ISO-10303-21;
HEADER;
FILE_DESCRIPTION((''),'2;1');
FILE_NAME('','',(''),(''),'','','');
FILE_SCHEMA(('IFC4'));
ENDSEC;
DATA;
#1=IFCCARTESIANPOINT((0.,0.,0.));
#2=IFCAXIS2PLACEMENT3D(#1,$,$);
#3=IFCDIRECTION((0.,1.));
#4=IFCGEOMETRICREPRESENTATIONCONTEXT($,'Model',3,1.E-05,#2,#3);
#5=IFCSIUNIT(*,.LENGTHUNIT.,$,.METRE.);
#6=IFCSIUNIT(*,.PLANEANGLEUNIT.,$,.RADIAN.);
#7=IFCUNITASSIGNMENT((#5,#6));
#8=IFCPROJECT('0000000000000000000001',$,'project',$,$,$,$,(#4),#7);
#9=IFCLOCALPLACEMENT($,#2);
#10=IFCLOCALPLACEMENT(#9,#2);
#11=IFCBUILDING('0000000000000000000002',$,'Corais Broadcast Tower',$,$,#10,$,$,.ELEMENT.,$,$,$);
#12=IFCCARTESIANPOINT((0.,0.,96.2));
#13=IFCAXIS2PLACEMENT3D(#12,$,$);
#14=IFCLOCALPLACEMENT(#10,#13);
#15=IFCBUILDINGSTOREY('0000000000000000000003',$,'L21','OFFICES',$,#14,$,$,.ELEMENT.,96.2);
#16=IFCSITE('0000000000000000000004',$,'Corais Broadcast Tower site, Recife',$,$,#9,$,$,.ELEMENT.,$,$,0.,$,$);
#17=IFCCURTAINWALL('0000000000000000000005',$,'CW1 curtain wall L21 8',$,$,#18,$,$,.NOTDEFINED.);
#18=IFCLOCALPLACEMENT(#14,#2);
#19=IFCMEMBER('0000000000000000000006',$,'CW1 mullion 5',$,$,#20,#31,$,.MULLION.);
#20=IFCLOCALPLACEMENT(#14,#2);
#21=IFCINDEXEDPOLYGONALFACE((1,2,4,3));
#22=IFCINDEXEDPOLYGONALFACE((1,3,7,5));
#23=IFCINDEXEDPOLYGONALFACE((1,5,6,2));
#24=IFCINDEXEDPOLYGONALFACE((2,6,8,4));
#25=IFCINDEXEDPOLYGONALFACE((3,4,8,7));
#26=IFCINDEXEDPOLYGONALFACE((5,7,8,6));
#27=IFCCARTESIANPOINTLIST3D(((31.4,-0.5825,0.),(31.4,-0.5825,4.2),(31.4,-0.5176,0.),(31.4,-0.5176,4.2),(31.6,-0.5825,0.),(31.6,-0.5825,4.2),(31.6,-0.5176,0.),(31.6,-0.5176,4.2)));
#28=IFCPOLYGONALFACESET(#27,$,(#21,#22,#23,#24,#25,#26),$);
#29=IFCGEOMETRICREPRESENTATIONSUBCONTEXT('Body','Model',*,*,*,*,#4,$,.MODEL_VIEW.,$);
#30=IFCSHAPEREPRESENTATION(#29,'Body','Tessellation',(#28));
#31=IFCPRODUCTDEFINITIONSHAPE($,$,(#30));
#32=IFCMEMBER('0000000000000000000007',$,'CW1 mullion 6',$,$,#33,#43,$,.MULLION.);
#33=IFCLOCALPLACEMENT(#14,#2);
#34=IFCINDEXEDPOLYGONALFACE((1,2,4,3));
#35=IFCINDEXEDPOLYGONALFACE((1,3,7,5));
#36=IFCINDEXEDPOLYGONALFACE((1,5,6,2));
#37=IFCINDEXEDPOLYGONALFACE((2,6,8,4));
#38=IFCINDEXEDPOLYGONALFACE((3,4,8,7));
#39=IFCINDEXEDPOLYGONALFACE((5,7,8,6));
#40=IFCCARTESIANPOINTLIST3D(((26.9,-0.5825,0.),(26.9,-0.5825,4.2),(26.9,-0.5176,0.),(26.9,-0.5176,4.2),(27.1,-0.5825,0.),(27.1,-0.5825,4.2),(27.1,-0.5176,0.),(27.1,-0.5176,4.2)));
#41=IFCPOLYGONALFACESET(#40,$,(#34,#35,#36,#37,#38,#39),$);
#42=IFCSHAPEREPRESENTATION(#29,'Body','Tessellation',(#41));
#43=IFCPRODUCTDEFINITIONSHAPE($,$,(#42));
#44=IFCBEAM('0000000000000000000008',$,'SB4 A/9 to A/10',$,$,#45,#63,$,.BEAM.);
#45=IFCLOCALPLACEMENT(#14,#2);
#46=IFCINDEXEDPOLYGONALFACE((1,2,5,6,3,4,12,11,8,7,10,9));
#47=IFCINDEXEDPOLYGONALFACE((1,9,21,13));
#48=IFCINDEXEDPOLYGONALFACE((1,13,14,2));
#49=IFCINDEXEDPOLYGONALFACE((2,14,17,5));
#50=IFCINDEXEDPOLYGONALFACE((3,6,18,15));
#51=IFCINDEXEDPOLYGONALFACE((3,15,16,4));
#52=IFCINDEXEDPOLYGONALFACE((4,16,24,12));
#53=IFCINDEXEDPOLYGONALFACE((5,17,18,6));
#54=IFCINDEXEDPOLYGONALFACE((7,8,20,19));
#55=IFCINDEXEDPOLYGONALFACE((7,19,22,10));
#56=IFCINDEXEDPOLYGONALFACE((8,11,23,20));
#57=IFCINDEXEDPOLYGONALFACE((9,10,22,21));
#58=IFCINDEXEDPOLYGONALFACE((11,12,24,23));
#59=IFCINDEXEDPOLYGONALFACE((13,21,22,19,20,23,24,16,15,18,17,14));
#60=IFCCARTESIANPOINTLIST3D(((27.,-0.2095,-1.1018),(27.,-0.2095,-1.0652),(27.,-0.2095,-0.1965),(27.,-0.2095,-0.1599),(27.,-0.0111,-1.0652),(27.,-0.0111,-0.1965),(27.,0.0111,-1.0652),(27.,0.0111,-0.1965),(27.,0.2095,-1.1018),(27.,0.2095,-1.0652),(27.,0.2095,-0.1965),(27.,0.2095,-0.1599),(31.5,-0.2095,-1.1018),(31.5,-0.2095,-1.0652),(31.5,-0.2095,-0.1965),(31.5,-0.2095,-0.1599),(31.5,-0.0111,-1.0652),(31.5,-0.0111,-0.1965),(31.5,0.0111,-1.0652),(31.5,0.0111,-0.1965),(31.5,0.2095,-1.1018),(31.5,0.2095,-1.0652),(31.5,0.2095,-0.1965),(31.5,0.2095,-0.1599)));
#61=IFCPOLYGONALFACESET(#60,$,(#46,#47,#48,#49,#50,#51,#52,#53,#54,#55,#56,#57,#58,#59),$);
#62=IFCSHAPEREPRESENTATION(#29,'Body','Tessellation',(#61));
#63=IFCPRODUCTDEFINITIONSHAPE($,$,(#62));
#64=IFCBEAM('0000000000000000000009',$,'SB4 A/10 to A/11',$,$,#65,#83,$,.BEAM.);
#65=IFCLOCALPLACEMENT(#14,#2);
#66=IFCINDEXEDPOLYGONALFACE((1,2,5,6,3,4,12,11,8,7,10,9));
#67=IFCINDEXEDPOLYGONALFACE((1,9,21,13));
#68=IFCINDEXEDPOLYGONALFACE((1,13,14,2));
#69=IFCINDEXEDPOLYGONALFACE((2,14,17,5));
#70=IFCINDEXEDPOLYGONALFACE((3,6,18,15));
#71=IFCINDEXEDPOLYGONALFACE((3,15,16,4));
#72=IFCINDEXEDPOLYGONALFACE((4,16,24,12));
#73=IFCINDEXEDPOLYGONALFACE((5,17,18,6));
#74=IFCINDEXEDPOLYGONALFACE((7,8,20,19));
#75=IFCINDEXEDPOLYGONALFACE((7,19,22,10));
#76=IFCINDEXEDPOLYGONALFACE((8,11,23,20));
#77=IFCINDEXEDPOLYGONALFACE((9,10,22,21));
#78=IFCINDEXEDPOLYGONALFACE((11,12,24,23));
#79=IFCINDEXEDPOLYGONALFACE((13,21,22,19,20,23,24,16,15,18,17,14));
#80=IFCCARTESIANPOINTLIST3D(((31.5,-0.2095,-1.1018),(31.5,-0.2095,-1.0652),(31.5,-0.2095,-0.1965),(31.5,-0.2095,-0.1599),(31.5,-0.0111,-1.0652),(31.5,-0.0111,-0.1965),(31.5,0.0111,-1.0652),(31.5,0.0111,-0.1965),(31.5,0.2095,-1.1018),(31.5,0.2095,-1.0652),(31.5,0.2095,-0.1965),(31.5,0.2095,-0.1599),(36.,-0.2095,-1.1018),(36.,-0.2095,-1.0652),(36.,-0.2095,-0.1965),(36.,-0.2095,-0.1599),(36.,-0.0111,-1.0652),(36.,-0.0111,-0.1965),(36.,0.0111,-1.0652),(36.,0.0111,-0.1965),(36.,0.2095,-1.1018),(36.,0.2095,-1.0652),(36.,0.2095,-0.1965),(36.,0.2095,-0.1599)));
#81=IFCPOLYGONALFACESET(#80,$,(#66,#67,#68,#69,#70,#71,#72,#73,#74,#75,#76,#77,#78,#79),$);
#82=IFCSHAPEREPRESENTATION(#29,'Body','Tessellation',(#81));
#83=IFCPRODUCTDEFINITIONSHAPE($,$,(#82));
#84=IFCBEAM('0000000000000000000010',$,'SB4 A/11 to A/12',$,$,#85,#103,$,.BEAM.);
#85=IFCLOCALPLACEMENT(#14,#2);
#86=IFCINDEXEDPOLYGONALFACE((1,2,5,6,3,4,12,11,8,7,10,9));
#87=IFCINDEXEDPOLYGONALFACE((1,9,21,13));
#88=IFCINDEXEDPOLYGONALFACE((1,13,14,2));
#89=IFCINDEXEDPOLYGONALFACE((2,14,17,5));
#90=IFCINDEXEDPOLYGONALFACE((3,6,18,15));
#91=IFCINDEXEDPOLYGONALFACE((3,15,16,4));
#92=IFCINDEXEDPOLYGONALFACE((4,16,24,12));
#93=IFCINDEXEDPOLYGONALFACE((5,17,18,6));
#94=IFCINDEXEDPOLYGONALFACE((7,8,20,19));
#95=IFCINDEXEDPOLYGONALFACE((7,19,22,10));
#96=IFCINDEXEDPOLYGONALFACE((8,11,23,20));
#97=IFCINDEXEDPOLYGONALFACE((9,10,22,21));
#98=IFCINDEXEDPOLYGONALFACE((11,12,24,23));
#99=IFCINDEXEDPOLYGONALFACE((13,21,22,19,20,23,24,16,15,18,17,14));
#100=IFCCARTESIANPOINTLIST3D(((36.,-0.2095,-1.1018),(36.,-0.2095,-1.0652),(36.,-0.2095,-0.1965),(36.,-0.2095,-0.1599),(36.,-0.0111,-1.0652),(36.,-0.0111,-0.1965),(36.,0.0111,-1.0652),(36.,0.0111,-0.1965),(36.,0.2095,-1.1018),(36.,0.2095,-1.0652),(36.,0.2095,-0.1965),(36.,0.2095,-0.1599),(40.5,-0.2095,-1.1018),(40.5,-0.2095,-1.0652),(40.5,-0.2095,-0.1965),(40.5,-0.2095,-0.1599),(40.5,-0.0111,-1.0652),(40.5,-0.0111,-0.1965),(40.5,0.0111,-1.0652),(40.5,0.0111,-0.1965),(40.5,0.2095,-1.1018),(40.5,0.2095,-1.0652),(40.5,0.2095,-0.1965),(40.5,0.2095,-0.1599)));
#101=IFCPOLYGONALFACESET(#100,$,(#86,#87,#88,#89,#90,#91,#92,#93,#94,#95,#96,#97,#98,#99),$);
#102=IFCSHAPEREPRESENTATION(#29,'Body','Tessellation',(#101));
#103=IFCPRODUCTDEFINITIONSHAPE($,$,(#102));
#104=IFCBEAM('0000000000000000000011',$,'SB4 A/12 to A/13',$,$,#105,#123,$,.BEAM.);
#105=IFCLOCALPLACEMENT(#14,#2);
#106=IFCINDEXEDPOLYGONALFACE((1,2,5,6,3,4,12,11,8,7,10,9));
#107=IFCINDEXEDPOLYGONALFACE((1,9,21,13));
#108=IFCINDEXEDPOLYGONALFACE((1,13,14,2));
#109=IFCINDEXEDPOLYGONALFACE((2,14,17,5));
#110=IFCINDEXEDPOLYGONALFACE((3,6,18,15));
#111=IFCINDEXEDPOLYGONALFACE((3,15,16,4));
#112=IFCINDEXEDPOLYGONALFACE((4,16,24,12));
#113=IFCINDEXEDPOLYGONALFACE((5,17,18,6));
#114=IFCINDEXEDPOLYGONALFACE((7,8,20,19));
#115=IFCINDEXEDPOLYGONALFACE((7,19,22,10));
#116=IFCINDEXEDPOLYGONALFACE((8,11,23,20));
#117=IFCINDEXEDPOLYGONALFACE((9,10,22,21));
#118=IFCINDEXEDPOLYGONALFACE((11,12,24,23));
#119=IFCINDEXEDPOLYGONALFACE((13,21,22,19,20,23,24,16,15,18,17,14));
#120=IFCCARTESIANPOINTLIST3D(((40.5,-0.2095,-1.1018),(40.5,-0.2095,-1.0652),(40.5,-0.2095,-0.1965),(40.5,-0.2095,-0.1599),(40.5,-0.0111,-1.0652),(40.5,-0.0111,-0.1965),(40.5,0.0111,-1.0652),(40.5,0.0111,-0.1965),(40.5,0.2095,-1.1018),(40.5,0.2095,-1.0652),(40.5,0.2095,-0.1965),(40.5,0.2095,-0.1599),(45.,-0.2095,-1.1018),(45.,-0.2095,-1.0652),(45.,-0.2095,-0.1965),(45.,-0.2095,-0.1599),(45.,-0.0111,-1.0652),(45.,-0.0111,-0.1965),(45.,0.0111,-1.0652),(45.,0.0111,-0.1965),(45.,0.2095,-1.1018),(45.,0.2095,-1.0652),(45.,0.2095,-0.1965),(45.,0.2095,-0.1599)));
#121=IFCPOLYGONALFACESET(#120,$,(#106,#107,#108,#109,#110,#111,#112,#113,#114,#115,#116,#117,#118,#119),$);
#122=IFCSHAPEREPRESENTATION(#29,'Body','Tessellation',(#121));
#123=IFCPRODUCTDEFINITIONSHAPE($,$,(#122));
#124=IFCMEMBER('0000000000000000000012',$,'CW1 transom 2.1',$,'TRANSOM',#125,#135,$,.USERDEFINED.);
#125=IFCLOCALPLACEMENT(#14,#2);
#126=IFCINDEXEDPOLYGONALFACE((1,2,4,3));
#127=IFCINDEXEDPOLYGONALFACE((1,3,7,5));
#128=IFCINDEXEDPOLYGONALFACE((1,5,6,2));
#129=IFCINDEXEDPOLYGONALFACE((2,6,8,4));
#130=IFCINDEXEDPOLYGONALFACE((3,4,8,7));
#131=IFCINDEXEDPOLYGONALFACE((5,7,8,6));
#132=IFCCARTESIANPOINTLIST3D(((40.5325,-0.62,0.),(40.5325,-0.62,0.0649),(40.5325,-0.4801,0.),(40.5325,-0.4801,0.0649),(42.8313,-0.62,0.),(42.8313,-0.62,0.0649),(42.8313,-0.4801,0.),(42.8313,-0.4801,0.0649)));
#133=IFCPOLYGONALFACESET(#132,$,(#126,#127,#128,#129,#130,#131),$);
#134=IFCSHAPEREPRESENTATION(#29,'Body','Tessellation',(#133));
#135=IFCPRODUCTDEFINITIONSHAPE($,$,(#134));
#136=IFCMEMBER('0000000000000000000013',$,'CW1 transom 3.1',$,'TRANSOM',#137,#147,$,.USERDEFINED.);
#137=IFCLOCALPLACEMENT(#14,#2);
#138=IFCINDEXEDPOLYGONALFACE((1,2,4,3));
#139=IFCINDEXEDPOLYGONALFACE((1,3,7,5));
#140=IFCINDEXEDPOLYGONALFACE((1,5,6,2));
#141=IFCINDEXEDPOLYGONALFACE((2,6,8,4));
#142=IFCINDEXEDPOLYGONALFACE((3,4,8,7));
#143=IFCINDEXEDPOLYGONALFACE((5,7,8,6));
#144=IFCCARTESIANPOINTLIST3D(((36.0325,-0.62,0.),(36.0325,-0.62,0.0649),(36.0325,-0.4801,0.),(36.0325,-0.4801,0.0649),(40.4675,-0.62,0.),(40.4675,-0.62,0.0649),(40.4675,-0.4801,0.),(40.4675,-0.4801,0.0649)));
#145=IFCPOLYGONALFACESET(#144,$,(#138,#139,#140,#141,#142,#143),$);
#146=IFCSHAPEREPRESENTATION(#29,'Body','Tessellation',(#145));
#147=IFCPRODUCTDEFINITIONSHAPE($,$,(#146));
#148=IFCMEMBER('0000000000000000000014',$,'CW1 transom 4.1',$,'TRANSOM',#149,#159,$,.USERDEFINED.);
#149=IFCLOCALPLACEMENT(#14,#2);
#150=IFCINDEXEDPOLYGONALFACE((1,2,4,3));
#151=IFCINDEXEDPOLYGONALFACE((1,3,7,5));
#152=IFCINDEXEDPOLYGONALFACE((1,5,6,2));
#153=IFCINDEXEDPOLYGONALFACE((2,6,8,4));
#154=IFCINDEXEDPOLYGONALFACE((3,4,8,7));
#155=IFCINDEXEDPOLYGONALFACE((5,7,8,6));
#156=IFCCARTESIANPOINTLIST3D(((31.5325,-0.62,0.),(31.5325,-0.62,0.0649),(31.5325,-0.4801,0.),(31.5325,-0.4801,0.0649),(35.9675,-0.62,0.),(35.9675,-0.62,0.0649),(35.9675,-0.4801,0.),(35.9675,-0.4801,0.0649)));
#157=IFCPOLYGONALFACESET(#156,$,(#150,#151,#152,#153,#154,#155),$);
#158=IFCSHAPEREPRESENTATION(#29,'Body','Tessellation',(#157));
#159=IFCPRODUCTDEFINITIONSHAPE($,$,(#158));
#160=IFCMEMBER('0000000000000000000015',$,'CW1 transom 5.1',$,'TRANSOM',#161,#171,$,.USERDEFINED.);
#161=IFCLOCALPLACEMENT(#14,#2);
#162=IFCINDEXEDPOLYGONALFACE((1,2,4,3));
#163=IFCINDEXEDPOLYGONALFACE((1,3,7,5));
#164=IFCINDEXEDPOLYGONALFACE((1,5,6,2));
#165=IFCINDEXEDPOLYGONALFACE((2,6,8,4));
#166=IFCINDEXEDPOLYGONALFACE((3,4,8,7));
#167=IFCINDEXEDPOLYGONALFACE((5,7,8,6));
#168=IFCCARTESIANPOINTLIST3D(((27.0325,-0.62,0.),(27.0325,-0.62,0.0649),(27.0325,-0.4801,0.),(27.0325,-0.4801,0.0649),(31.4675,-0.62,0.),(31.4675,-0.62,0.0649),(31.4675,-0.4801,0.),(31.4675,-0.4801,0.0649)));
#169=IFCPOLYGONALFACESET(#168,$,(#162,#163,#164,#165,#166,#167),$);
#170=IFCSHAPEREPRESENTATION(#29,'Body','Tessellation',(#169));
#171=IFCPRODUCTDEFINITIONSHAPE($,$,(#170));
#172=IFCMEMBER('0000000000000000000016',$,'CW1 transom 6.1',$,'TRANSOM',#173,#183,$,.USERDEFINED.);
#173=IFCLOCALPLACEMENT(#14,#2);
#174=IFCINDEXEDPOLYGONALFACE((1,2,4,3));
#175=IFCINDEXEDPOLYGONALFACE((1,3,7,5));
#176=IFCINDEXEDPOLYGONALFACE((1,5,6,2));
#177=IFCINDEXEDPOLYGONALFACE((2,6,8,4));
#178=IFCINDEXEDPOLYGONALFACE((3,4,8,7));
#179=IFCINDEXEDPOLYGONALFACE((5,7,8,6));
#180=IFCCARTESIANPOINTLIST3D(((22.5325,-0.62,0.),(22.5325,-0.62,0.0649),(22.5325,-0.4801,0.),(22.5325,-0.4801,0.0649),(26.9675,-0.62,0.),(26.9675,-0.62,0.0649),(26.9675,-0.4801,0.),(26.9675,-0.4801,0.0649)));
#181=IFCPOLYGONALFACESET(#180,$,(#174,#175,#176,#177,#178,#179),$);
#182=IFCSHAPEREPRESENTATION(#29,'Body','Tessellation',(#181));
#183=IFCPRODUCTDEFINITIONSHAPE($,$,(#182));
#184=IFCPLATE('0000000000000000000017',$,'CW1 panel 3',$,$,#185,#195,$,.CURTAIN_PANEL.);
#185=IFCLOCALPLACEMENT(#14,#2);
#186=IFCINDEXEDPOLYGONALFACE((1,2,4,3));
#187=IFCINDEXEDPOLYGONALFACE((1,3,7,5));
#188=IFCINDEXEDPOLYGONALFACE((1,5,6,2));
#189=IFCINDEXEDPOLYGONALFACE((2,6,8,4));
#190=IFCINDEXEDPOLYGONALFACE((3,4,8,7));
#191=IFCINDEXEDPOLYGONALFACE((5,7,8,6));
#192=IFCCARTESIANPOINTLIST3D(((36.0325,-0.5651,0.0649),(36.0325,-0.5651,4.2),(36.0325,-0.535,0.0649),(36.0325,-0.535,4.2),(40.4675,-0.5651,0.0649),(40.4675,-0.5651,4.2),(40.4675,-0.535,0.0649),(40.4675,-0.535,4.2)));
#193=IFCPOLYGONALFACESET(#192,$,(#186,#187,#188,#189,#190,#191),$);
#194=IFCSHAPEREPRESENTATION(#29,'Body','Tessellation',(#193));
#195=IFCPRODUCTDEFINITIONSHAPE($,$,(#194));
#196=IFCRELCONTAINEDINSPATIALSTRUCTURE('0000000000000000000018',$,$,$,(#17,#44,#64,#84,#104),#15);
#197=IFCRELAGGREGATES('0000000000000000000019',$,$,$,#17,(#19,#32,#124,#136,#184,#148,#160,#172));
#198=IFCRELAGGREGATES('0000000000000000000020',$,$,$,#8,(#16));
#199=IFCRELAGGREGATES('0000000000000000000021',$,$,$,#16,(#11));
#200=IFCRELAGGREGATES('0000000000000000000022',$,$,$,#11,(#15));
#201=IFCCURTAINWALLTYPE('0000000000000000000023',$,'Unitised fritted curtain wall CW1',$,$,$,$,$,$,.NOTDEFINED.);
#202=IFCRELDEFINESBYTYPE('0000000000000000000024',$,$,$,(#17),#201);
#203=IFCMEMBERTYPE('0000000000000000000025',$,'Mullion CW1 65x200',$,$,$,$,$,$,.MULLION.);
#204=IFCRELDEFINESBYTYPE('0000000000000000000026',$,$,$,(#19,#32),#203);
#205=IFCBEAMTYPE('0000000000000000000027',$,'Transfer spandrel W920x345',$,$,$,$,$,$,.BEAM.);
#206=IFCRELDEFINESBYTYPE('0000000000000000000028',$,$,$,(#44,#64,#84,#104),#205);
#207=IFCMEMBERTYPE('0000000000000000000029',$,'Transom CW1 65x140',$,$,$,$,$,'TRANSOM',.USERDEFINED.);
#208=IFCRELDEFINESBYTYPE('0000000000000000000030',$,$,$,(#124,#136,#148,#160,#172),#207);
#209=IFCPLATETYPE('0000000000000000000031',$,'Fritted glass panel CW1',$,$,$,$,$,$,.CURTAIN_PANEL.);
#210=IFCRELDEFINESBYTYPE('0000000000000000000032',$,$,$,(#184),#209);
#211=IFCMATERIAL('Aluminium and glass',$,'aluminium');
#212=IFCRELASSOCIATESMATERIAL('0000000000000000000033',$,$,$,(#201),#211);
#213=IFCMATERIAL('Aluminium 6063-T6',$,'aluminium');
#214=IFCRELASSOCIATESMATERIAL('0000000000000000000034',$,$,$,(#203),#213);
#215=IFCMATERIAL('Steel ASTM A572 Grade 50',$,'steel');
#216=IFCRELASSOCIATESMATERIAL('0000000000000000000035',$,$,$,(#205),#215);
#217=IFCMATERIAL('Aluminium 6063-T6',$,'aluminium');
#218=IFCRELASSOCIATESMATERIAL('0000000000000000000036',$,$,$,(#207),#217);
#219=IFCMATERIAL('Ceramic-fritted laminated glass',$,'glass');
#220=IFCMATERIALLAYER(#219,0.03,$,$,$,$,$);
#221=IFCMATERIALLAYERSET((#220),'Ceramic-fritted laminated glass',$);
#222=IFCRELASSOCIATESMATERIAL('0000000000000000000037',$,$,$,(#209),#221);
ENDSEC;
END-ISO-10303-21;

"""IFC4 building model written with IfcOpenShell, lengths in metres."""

from ifc_helpers import new_model, si_unit, direction, frame, origin, origin_2d, place, context, subcontext, project, spatial, rectangle, i_section, extrude, material, layer, layer_set, material_profile, profile_set, type_object, element, aggregate, save


model = new_model("IFC4")

# Units and contexts
model_context = context("Model", 3, precision=1e-05, world=origin(), true_north=direction((0.0, 1.0)))
body_context = subcontext(model_context, "Body", "Model", "MODEL_VIEW")
ifc_project = project(units=[si_unit("LENGTHUNIT", "METRE"), si_unit("PLANEANGLEUNIT", "RADIAN")], contexts=[model_context])

# Site, building, storey
site_placement = place(None, origin())
site = spatial("IfcSite", under=ifc_project, at=site_placement, Name="Corais Broadcast Tower site, Recife", CompositionType="ELEMENT", RefElevation=0.0)
building_placement = place(site_placement, origin())
building = spatial("IfcBuilding", under=site, at=building_placement, Name="Corais Broadcast Tower", CompositionType="ELEMENT")
storey_placement = place(building_placement, frame((0.0, 0.0, 96.2)))
storey = spatial("IfcBuildingStorey", under=building, at=storey_placement, Name="L21", Description="OFFICES", CompositionType="ELEMENT", Elevation=96.2)

# Curtain wall, members
ifc_material_1 = material(Name="Aluminium and glass", Category="aluminium")
curtain_wall_type = type_object("IfcCurtainWallType", Name="Unitised fritted curtain wall CW1", PredefinedType="NOTDEFINED", material=ifc_material_1)
curtain_wall_placement = place(storey_placement, origin())
curtain_wall = element("IfcCurtainWall", 1, at=curtain_wall_placement, inside=storey, type_object=curtain_wall_type, Name="CW1 curtain wall L21 8", PredefinedType="NOTDEFINED")
ifc_material_2 = material(Name="Aluminium 6063-T6", Category="aluminium")
ifc_material_profile_1 = material_profile(ifc_material_2, rectangle(XDim=0.0649, YDim=0.2, at=origin_2d()), Name="Mullion CW1 65x200")
ifc_profile_set_1 = profile_set([ifc_material_profile_1], Name="Aluminium 6063-T6")
member_type_1 = type_object("IfcMemberType", Name="Mullion CW1 65x200", PredefinedType="MULLION", material=ifc_profile_set_1)
member_1_placement = place(storey_placement, frame((31.5, -0.55, 0.0), z_axis=(0.0, 0.0, 1.0), x_axis=(0.0, -1.0, 0.0)))
member_1 = element("IfcMember", 2, at=member_1_placement, type_object=member_type_1, Name="CW1 mullion 5", PredefinedType="MULLION", context=body_context, shape_type="SweptSolid", body=[
    extrude(rectangle(XDim=0.0649, YDim=0.2, at=origin_2d()), origin(), (0.0, 0.0, 1.0), 4.2),
])
member_2_placement = place(storey_placement, frame((27.0, -0.55, 0.0), z_axis=(0.0, 0.0, 1.0), x_axis=(0.0, -1.0, 0.0)))
member_2 = element("IfcMember", 3, at=member_2_placement, type_object=member_type_1, Name="CW1 mullion 6", PredefinedType="MULLION", context=body_context, shape_type="SweptSolid", body=[
    extrude(rectangle(XDim=0.0649, YDim=0.2, at=origin_2d()), origin(), (0.0, 0.0, 1.0), 4.2),
])

# Beams
ifc_material_3 = material(Name="Steel ASTM A572 Grade 50", Category="steel")
ifc_material_profile_2 = material_profile(ifc_material_3, i_section(OverallWidth=0.4189, OverallDepth=0.9419, WebThickness=0.0222, FlangeThickness=0.0366, at=origin_2d()), Name="W920x345")
ifc_profile_set_2 = profile_set([ifc_material_profile_2], Name="Steel ASTM A572 Grade 50")
beam_type_1 = type_object("IfcBeamType", Name="Transfer spandrel W920x345", PredefinedType="BEAM", material=ifc_profile_set_2)
for number, where, z_axis, x_axis, name in (
    (4, (27.0, 0.0, -0.6309), (1.0, 0.0, 0.0), (0.0, 1.0, 0.0), "SB4 A/9 to A/10"),
    (5, (31.5, 0.0, -0.6309), (1.0, 0.0, 0.0), (0.0, 1.0, 0.0), "SB4 A/10 to A/11"),
    (6, (36.0, 0.0, -0.6309), (1.0, 0.0, 0.0), (0.0, 1.0, 0.0), "SB4 A/11 to A/12"),
    (7, (40.5, 0.0, -0.6309), (1.0, 0.0, 0.0), (0.0, 1.0, 0.0), "SB4 A/12 to A/13"),
):
    element("IfcBeam", number, at=place(storey_placement, frame(where, z_axis=z_axis, x_axis=x_axis)), inside=storey, type_object=beam_type_1, Name=name, PredefinedType="BEAM", context=body_context, shape_type="SweptSolid", body=[
        extrude(i_section(OverallWidth=0.4189, OverallDepth=0.9419, WebThickness=0.0222, FlangeThickness=0.0366, at=origin_2d()), origin(), (0.0, 0.0, 1.0), 4.5),
    ])

# Members
ifc_material_4 = material(Name="Aluminium 6063-T6", Category="aluminium")
ifc_material_profile_3 = material_profile(ifc_material_4, rectangle(XDim=0.1399, YDim=0.0649, at=origin_2d()), Name="Transom CW1 65x140")
ifc_profile_set_3 = profile_set([ifc_material_profile_3], Name="Aluminium 6063-T6")
member_type_2 = type_object("IfcMemberType", Name="Transom CW1 65x140", ElementType="TRANSOM", PredefinedType="USERDEFINED", material=ifc_profile_set_3)
member_3_placement = place(storey_placement, frame((42.8313, -0.55, 0.0325), z_axis=(-1.0, 0.0, 0.0), x_axis=(0.0, -1.0, 0.0)))
member_3 = element("IfcMember", 8, at=member_3_placement, type_object=member_type_2, Name="CW1 transom 2.1", ObjectType="TRANSOM", PredefinedType="USERDEFINED", context=body_context, shape_type="SweptSolid", body=[
    extrude(rectangle(XDim=0.1399, YDim=0.0649, at=origin_2d()), origin(), (0.0, 0.0, 1.0), 2.2988),
])
member_4_placement = place(storey_placement, frame((40.4675, -0.55, 0.0325), z_axis=(-1.0, 0.0, 0.0), x_axis=(0.0, -1.0, 0.0)))
member_4 = element("IfcMember", 9, at=member_4_placement, type_object=member_type_2, Name="CW1 transom 3.1", ObjectType="TRANSOM", PredefinedType="USERDEFINED", context=body_context, shape_type="SweptSolid", body=[
    extrude(rectangle(XDim=0.1399, YDim=0.0649, at=origin_2d()), origin(), (0.0, 0.0, 1.0), 4.4351),
])
member_5_placement = place(storey_placement, frame((35.9675, -0.55, 0.0325), z_axis=(-1.0, 0.0, 0.0), x_axis=(0.0, -1.0, 0.0)))
member_5 = element("IfcMember", 10, at=member_5_placement, type_object=member_type_2, Name="CW1 transom 4.1", ObjectType="TRANSOM", PredefinedType="USERDEFINED", context=body_context, shape_type="SweptSolid", body=[
    extrude(rectangle(XDim=0.1399, YDim=0.0649, at=origin_2d()), origin(), (0.0, 0.0, 1.0), 4.4351),
])
member_6_placement = place(storey_placement, frame((31.4675, -0.55, 0.0325), z_axis=(-1.0, 0.0, 0.0), x_axis=(0.0, -1.0, 0.0)))
member_6 = element("IfcMember", 11, at=member_6_placement, type_object=member_type_2, Name="CW1 transom 5.1", ObjectType="TRANSOM", PredefinedType="USERDEFINED", context=body_context, shape_type="SweptSolid", body=[
    extrude(rectangle(XDim=0.1399, YDim=0.0649, at=origin_2d()), origin(), (0.0, 0.0, 1.0), 4.4351),
])
member_7_placement = place(storey_placement, frame((26.9675, -0.55, 0.0325), z_axis=(-1.0, 0.0, 0.0), x_axis=(0.0, -1.0, 0.0)))
member_7 = element("IfcMember", 12, at=member_7_placement, type_object=member_type_2, Name="CW1 transom 6.1", ObjectType="TRANSOM", PredefinedType="USERDEFINED", context=body_context, shape_type="SweptSolid", body=[
    extrude(rectangle(XDim=0.1399, YDim=0.0649, at=origin_2d()), origin(), (0.0, 0.0, 1.0), 4.4351),
])

# Plate
ifc_material_5 = material(Name="Ceramic-fritted laminated glass", Category="glass")
ifc_layer_1 = layer(ifc_material_5, 0.03)
ifc_layer_set_1 = layer_set([ifc_layer_1], Name="Ceramic-fritted laminated glass")
plate_type_1 = type_object("IfcPlateType", Name="Fritted glass panel CW1", PredefinedType="CURTAIN_PANEL", material=ifc_layer_set_1)
plate_1_placement = place(storey_placement, frame((38.25, -0.55, 0.0649), z_axis=(0.0, 0.0, 1.0), x_axis=(-1.0, 0.0, 0.0)))
plate_1 = element("IfcPlate", 13, at=plate_1_placement, type_object=plate_type_1, Name="CW1 panel 3", PredefinedType="CURTAIN_PANEL", context=body_context, shape_type="SweptSolid", body=[
    extrude(rectangle(XDim=4.4351, YDim=0.03, at=origin_2d()), origin(), (0.0, 0.0, 1.0), 4.135),
])
aggregate(curtain_wall, [member_1, member_2, member_3, member_4, plate_1, member_5, member_6, member_7])

save(model, "model.ifc")
